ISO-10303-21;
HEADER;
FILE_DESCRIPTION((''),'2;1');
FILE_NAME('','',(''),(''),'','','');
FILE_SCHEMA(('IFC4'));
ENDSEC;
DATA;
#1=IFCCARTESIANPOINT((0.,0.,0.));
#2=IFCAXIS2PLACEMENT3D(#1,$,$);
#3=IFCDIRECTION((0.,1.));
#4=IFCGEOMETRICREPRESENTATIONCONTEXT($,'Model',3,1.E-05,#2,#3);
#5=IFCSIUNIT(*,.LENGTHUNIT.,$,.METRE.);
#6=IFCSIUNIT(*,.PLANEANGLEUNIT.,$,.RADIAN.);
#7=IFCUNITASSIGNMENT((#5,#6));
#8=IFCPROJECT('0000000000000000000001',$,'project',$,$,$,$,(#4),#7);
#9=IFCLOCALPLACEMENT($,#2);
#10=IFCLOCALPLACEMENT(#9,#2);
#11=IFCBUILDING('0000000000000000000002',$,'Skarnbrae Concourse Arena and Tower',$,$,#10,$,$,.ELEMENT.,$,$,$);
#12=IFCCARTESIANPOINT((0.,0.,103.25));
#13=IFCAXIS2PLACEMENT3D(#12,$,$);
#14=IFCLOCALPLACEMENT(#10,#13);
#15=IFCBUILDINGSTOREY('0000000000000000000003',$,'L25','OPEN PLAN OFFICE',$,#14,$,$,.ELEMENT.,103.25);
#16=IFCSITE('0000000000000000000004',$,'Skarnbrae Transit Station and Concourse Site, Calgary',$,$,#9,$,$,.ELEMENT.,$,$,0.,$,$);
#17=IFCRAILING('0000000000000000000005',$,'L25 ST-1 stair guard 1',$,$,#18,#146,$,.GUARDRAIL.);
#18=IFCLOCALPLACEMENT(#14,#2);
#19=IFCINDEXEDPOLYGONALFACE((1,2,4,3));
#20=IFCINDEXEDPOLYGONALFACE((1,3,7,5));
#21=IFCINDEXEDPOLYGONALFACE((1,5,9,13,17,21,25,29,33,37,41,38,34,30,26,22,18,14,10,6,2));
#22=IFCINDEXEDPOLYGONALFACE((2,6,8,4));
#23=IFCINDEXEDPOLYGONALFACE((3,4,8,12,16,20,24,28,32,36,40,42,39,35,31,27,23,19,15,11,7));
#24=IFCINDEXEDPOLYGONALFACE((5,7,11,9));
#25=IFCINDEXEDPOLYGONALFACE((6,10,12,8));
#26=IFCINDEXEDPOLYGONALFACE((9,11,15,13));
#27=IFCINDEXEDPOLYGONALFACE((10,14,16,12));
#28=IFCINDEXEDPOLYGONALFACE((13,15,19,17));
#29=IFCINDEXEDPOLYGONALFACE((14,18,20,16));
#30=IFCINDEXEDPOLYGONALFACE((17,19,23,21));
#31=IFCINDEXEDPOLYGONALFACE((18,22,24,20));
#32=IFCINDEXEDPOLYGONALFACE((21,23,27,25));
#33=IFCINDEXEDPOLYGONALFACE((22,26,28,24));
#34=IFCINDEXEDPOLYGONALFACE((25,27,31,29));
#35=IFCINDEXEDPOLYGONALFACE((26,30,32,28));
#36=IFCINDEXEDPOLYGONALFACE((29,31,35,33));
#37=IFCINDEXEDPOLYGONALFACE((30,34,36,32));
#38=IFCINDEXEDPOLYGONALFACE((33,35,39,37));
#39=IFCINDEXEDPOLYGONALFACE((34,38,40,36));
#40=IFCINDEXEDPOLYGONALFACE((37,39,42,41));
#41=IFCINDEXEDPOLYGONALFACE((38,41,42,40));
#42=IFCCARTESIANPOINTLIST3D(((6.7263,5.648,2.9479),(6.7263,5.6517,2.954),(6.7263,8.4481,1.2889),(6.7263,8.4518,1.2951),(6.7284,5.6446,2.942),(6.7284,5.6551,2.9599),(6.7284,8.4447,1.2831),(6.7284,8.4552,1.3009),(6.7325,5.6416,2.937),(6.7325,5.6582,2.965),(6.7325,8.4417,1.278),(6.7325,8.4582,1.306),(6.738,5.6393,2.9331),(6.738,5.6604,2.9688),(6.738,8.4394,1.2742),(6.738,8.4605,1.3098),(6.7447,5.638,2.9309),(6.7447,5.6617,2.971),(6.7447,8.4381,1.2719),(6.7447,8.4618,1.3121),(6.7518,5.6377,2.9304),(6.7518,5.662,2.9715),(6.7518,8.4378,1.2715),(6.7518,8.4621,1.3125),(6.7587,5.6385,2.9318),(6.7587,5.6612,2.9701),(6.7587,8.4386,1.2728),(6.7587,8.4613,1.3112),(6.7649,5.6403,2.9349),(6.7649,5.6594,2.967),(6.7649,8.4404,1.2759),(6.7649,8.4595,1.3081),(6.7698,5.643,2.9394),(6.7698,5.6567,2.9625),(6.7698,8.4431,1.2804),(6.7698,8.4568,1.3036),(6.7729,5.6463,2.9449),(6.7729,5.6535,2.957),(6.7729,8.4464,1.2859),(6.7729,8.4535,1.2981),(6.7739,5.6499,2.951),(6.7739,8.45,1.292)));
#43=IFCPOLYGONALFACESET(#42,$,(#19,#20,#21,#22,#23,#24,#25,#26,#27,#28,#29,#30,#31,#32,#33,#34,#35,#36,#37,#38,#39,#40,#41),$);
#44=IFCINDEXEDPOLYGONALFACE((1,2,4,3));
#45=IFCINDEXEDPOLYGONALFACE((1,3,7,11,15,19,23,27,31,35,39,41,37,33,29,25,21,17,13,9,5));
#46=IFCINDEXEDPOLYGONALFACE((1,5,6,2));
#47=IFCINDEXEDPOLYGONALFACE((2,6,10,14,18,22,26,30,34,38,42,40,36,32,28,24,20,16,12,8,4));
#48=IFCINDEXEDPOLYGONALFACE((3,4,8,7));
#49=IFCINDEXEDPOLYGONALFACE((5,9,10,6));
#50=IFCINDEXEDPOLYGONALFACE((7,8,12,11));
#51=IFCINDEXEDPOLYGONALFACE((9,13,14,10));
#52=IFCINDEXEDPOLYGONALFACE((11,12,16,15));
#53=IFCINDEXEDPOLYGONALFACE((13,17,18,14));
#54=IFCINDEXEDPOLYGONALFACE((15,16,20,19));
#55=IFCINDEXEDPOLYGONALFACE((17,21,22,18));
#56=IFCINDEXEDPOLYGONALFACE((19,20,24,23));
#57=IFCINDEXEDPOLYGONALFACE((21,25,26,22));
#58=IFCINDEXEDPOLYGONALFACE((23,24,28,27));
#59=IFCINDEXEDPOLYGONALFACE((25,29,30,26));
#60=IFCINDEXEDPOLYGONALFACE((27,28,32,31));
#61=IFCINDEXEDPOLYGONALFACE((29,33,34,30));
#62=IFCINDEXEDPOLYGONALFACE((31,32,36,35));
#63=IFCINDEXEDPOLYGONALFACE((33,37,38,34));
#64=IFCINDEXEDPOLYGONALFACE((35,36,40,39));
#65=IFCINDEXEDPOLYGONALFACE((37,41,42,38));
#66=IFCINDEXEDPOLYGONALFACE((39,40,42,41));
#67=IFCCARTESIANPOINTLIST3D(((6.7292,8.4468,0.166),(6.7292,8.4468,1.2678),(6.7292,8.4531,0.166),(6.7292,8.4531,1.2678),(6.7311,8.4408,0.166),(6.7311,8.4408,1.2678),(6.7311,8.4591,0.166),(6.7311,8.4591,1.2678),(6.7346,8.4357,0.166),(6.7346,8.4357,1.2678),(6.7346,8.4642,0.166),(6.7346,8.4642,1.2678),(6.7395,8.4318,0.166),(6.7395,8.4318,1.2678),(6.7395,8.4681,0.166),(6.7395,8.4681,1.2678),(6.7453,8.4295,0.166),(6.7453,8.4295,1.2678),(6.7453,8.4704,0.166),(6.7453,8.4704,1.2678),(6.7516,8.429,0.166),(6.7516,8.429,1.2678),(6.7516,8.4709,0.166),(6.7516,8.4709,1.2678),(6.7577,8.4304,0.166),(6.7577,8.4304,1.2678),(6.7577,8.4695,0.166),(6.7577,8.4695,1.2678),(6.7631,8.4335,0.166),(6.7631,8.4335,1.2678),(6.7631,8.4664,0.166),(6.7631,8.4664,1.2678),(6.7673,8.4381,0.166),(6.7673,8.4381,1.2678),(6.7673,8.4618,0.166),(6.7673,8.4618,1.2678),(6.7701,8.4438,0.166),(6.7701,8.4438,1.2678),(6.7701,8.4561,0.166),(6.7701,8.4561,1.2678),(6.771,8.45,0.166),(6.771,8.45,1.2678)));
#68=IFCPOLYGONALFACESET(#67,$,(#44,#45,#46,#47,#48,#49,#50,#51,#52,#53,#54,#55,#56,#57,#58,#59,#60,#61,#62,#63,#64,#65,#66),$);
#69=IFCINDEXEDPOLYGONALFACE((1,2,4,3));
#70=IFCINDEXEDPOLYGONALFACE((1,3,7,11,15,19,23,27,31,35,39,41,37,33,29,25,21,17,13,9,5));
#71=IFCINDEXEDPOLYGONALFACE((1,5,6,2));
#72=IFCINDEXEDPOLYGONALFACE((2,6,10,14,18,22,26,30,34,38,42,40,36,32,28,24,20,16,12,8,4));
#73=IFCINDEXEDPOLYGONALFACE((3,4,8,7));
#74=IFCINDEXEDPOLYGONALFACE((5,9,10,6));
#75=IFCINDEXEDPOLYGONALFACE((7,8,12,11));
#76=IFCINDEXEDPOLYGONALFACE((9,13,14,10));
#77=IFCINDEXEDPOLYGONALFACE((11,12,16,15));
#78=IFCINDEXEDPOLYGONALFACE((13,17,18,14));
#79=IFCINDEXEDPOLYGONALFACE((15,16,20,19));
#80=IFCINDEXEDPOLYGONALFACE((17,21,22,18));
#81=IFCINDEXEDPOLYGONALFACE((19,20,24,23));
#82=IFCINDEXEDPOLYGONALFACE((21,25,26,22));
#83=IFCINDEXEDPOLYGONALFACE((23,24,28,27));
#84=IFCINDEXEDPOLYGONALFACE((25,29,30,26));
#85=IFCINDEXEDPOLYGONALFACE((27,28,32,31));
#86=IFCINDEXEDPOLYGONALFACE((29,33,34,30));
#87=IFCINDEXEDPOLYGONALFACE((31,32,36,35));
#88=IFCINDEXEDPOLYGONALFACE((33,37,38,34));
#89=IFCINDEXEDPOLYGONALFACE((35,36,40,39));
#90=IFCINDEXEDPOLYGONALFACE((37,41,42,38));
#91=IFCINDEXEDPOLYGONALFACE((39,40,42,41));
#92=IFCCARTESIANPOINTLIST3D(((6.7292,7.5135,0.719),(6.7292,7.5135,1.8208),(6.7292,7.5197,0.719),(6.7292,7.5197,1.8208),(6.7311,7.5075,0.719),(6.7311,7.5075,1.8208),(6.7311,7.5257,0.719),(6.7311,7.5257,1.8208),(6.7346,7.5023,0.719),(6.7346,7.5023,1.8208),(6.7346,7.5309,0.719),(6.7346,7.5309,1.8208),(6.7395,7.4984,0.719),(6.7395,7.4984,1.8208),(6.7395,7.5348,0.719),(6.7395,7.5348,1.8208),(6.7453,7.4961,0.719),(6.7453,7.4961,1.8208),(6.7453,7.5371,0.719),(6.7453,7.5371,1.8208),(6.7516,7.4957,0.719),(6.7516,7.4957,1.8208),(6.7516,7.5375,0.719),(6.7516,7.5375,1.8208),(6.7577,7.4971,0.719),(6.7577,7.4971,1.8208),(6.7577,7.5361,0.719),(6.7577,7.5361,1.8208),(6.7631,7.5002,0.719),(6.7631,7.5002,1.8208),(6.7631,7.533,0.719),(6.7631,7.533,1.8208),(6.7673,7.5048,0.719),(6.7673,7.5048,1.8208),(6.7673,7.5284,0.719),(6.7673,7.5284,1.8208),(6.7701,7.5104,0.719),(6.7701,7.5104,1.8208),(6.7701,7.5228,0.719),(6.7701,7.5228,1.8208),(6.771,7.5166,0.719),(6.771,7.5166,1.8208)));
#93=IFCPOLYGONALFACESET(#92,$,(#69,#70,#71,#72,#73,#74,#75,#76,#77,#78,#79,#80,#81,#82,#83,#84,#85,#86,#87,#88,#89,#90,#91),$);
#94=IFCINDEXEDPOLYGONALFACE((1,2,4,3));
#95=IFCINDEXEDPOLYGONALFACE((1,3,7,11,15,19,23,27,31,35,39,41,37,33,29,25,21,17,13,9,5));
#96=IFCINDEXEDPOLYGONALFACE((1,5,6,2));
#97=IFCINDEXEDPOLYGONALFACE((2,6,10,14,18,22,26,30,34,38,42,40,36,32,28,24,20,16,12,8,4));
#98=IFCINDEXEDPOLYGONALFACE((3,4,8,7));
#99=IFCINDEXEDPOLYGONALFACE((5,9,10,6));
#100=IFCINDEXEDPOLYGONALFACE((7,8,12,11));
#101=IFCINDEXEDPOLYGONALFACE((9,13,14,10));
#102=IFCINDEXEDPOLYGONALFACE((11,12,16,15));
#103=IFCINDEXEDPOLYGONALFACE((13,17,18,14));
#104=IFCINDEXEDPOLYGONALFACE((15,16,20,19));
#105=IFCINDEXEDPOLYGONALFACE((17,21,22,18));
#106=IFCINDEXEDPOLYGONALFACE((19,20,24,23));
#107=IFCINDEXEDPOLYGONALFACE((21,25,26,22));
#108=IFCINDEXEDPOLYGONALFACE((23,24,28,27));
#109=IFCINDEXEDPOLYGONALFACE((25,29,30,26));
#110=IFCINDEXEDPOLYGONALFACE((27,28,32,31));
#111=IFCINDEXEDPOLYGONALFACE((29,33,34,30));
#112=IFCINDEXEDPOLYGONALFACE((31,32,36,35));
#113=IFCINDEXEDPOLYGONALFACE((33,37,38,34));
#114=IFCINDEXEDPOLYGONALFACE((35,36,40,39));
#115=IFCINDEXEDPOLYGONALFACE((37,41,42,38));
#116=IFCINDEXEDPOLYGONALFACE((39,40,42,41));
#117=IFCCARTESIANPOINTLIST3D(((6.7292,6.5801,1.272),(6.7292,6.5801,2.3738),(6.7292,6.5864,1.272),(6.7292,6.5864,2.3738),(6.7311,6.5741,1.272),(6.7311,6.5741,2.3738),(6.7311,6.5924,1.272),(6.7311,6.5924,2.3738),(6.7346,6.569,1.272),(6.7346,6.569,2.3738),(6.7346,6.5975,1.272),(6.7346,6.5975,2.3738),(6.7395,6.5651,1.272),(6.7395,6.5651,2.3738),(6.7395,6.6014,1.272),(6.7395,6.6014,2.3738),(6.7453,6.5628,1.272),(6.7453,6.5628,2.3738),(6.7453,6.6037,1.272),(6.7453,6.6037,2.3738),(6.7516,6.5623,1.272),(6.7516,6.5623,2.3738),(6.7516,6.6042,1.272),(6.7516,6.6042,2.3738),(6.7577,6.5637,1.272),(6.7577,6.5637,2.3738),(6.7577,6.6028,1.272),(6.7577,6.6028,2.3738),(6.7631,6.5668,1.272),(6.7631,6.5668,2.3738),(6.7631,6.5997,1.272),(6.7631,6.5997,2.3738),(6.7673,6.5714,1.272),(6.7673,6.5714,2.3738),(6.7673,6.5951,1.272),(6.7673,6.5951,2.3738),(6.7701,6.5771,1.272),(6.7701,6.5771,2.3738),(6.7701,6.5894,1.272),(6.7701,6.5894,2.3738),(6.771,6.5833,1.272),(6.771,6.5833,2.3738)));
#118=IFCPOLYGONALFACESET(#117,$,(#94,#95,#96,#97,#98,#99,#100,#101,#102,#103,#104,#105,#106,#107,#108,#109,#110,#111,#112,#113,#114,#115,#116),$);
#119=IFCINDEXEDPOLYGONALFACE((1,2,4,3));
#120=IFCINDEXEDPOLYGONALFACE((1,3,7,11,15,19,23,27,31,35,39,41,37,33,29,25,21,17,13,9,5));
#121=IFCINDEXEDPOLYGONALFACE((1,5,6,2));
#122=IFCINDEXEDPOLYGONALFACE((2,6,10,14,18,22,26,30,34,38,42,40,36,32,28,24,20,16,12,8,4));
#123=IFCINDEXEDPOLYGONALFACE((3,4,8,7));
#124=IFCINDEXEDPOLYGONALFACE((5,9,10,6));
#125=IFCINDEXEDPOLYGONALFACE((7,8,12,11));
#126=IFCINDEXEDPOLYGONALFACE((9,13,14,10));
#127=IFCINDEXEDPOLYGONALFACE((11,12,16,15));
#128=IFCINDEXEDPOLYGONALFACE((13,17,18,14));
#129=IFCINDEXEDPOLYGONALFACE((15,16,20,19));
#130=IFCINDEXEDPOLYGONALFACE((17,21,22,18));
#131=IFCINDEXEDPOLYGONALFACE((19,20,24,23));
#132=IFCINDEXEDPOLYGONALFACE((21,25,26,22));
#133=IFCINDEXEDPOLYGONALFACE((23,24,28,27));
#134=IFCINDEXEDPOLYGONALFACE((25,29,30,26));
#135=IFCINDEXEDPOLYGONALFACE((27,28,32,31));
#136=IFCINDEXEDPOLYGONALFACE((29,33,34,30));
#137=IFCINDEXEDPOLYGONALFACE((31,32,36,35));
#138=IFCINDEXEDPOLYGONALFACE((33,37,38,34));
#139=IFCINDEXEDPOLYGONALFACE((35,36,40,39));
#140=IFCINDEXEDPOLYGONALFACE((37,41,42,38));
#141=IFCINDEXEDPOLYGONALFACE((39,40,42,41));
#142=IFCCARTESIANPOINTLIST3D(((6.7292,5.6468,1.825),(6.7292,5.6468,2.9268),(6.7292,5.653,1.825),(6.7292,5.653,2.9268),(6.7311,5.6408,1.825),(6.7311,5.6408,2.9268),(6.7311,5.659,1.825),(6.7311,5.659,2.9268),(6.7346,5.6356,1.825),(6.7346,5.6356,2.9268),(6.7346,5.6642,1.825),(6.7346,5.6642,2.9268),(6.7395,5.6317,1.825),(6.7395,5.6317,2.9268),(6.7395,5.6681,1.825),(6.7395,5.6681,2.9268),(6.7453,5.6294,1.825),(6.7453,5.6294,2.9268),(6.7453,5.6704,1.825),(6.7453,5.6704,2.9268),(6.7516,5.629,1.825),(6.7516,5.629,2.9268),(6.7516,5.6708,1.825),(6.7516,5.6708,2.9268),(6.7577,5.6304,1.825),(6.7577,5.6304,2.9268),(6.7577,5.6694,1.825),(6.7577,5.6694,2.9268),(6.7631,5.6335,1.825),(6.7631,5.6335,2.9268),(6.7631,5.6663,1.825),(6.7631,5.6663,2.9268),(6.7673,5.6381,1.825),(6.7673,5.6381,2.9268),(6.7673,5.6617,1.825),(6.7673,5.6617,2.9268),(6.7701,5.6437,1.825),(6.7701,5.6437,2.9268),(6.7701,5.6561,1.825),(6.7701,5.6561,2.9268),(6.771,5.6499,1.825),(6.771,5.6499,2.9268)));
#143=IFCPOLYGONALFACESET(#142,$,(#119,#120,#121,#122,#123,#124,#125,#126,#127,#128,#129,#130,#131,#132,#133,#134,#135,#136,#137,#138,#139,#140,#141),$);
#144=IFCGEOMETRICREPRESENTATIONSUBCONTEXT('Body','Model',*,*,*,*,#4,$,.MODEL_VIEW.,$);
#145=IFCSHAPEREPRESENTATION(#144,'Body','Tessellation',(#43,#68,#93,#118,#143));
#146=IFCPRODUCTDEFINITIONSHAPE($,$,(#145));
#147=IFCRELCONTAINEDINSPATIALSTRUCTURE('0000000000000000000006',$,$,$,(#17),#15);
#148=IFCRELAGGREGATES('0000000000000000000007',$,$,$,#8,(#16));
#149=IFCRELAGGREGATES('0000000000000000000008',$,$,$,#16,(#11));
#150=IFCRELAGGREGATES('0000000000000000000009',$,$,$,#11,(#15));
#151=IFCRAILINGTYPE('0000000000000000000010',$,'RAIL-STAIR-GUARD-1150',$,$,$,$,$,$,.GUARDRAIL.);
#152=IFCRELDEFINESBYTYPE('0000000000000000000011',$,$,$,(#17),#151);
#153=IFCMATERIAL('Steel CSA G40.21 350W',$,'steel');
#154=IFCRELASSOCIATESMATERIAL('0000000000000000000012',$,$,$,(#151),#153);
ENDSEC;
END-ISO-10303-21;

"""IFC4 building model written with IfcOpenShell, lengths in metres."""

from ifc_helpers import new_model, si_unit, direction, frame, origin, origin_2d, place, context, subcontext, project, spatial, circle, extrude, material, type_object, element, save


model = new_model("IFC4")

# Units and contexts
model_context = context("Model", 3, precision=1e-05, world=origin(), true_north=direction((0.0, 1.0)))
body_context = subcontext(model_context, "Body", "Model", "MODEL_VIEW")
ifc_project = project(units=[si_unit("LENGTHUNIT", "METRE"), si_unit("PLANEANGLEUNIT", "RADIAN")], contexts=[model_context])

# Site, building, storey
site_placement = place(None, origin())
site = spatial("IfcSite", under=ifc_project, at=site_placement, Name="Skarnbrae Transit Station and Concourse Site, Calgary", CompositionType="ELEMENT", RefElevation=0.0)
building_placement = place(site_placement, origin())
building = spatial("IfcBuilding", under=site, at=building_placement, Name="Skarnbrae Concourse Arena and Tower", CompositionType="ELEMENT")
storey_placement = place(building_placement, frame((0.0, 0.0, 103.25)))
storey = spatial("IfcBuildingStorey", under=building, at=storey_placement, Name="L25", Description="OPEN PLAN OFFICE", CompositionType="ELEMENT", Elevation=103.25)

# Shared definitions
ifc_material_1 = material(Name="Steel CSA G40.21 350W", Category="steel")

# Railing
railing_type_1 = type_object("IfcRailingType", Name="RAIL-STAIR-GUARD-1150", PredefinedType="GUARDRAIL", material=ifc_material_1)
railing_1_placement = place(storey_placement, frame((6.75, 8.45, 0.166)))
element("IfcRailing", 1, at=railing_1_placement, inside=storey, type_object=railing_type_1, Name="L25 ST-1 stair guard 1", PredefinedType="GUARDRAIL", context=body_context, shape_type="SweptSolid", body=[
    extrude(circle(Radius=0.0239, at=origin_2d()), frame((0.0, 0.0, 1.126), z_axis=(0.0, -0.860339, 0.509722), x_axis=(1.0, 0.0, 0.0)), (0.0, 0.0, 1.0), 3.2546),
    extrude(circle(Radius=0.021, at=origin_2d()), origin(), (0.0, 0.0, 1.0), 1.1018),
    extrude(circle(Radius=0.021, at=origin_2d()), frame((0.0, -0.9333, 0.553)), (0.0, 0.0, 1.0), 1.1018),
    extrude(circle(Radius=0.021, at=origin_2d()), frame((0.0, -1.8667, 1.106)), (0.0, 0.0, 1.0), 1.1018),
    extrude(circle(Radius=0.021, at=origin_2d()), frame((0.0, -2.8, 1.6589)), (0.0, 0.0, 1.0), 1.1018),
])

save(model, "model.ifc")
